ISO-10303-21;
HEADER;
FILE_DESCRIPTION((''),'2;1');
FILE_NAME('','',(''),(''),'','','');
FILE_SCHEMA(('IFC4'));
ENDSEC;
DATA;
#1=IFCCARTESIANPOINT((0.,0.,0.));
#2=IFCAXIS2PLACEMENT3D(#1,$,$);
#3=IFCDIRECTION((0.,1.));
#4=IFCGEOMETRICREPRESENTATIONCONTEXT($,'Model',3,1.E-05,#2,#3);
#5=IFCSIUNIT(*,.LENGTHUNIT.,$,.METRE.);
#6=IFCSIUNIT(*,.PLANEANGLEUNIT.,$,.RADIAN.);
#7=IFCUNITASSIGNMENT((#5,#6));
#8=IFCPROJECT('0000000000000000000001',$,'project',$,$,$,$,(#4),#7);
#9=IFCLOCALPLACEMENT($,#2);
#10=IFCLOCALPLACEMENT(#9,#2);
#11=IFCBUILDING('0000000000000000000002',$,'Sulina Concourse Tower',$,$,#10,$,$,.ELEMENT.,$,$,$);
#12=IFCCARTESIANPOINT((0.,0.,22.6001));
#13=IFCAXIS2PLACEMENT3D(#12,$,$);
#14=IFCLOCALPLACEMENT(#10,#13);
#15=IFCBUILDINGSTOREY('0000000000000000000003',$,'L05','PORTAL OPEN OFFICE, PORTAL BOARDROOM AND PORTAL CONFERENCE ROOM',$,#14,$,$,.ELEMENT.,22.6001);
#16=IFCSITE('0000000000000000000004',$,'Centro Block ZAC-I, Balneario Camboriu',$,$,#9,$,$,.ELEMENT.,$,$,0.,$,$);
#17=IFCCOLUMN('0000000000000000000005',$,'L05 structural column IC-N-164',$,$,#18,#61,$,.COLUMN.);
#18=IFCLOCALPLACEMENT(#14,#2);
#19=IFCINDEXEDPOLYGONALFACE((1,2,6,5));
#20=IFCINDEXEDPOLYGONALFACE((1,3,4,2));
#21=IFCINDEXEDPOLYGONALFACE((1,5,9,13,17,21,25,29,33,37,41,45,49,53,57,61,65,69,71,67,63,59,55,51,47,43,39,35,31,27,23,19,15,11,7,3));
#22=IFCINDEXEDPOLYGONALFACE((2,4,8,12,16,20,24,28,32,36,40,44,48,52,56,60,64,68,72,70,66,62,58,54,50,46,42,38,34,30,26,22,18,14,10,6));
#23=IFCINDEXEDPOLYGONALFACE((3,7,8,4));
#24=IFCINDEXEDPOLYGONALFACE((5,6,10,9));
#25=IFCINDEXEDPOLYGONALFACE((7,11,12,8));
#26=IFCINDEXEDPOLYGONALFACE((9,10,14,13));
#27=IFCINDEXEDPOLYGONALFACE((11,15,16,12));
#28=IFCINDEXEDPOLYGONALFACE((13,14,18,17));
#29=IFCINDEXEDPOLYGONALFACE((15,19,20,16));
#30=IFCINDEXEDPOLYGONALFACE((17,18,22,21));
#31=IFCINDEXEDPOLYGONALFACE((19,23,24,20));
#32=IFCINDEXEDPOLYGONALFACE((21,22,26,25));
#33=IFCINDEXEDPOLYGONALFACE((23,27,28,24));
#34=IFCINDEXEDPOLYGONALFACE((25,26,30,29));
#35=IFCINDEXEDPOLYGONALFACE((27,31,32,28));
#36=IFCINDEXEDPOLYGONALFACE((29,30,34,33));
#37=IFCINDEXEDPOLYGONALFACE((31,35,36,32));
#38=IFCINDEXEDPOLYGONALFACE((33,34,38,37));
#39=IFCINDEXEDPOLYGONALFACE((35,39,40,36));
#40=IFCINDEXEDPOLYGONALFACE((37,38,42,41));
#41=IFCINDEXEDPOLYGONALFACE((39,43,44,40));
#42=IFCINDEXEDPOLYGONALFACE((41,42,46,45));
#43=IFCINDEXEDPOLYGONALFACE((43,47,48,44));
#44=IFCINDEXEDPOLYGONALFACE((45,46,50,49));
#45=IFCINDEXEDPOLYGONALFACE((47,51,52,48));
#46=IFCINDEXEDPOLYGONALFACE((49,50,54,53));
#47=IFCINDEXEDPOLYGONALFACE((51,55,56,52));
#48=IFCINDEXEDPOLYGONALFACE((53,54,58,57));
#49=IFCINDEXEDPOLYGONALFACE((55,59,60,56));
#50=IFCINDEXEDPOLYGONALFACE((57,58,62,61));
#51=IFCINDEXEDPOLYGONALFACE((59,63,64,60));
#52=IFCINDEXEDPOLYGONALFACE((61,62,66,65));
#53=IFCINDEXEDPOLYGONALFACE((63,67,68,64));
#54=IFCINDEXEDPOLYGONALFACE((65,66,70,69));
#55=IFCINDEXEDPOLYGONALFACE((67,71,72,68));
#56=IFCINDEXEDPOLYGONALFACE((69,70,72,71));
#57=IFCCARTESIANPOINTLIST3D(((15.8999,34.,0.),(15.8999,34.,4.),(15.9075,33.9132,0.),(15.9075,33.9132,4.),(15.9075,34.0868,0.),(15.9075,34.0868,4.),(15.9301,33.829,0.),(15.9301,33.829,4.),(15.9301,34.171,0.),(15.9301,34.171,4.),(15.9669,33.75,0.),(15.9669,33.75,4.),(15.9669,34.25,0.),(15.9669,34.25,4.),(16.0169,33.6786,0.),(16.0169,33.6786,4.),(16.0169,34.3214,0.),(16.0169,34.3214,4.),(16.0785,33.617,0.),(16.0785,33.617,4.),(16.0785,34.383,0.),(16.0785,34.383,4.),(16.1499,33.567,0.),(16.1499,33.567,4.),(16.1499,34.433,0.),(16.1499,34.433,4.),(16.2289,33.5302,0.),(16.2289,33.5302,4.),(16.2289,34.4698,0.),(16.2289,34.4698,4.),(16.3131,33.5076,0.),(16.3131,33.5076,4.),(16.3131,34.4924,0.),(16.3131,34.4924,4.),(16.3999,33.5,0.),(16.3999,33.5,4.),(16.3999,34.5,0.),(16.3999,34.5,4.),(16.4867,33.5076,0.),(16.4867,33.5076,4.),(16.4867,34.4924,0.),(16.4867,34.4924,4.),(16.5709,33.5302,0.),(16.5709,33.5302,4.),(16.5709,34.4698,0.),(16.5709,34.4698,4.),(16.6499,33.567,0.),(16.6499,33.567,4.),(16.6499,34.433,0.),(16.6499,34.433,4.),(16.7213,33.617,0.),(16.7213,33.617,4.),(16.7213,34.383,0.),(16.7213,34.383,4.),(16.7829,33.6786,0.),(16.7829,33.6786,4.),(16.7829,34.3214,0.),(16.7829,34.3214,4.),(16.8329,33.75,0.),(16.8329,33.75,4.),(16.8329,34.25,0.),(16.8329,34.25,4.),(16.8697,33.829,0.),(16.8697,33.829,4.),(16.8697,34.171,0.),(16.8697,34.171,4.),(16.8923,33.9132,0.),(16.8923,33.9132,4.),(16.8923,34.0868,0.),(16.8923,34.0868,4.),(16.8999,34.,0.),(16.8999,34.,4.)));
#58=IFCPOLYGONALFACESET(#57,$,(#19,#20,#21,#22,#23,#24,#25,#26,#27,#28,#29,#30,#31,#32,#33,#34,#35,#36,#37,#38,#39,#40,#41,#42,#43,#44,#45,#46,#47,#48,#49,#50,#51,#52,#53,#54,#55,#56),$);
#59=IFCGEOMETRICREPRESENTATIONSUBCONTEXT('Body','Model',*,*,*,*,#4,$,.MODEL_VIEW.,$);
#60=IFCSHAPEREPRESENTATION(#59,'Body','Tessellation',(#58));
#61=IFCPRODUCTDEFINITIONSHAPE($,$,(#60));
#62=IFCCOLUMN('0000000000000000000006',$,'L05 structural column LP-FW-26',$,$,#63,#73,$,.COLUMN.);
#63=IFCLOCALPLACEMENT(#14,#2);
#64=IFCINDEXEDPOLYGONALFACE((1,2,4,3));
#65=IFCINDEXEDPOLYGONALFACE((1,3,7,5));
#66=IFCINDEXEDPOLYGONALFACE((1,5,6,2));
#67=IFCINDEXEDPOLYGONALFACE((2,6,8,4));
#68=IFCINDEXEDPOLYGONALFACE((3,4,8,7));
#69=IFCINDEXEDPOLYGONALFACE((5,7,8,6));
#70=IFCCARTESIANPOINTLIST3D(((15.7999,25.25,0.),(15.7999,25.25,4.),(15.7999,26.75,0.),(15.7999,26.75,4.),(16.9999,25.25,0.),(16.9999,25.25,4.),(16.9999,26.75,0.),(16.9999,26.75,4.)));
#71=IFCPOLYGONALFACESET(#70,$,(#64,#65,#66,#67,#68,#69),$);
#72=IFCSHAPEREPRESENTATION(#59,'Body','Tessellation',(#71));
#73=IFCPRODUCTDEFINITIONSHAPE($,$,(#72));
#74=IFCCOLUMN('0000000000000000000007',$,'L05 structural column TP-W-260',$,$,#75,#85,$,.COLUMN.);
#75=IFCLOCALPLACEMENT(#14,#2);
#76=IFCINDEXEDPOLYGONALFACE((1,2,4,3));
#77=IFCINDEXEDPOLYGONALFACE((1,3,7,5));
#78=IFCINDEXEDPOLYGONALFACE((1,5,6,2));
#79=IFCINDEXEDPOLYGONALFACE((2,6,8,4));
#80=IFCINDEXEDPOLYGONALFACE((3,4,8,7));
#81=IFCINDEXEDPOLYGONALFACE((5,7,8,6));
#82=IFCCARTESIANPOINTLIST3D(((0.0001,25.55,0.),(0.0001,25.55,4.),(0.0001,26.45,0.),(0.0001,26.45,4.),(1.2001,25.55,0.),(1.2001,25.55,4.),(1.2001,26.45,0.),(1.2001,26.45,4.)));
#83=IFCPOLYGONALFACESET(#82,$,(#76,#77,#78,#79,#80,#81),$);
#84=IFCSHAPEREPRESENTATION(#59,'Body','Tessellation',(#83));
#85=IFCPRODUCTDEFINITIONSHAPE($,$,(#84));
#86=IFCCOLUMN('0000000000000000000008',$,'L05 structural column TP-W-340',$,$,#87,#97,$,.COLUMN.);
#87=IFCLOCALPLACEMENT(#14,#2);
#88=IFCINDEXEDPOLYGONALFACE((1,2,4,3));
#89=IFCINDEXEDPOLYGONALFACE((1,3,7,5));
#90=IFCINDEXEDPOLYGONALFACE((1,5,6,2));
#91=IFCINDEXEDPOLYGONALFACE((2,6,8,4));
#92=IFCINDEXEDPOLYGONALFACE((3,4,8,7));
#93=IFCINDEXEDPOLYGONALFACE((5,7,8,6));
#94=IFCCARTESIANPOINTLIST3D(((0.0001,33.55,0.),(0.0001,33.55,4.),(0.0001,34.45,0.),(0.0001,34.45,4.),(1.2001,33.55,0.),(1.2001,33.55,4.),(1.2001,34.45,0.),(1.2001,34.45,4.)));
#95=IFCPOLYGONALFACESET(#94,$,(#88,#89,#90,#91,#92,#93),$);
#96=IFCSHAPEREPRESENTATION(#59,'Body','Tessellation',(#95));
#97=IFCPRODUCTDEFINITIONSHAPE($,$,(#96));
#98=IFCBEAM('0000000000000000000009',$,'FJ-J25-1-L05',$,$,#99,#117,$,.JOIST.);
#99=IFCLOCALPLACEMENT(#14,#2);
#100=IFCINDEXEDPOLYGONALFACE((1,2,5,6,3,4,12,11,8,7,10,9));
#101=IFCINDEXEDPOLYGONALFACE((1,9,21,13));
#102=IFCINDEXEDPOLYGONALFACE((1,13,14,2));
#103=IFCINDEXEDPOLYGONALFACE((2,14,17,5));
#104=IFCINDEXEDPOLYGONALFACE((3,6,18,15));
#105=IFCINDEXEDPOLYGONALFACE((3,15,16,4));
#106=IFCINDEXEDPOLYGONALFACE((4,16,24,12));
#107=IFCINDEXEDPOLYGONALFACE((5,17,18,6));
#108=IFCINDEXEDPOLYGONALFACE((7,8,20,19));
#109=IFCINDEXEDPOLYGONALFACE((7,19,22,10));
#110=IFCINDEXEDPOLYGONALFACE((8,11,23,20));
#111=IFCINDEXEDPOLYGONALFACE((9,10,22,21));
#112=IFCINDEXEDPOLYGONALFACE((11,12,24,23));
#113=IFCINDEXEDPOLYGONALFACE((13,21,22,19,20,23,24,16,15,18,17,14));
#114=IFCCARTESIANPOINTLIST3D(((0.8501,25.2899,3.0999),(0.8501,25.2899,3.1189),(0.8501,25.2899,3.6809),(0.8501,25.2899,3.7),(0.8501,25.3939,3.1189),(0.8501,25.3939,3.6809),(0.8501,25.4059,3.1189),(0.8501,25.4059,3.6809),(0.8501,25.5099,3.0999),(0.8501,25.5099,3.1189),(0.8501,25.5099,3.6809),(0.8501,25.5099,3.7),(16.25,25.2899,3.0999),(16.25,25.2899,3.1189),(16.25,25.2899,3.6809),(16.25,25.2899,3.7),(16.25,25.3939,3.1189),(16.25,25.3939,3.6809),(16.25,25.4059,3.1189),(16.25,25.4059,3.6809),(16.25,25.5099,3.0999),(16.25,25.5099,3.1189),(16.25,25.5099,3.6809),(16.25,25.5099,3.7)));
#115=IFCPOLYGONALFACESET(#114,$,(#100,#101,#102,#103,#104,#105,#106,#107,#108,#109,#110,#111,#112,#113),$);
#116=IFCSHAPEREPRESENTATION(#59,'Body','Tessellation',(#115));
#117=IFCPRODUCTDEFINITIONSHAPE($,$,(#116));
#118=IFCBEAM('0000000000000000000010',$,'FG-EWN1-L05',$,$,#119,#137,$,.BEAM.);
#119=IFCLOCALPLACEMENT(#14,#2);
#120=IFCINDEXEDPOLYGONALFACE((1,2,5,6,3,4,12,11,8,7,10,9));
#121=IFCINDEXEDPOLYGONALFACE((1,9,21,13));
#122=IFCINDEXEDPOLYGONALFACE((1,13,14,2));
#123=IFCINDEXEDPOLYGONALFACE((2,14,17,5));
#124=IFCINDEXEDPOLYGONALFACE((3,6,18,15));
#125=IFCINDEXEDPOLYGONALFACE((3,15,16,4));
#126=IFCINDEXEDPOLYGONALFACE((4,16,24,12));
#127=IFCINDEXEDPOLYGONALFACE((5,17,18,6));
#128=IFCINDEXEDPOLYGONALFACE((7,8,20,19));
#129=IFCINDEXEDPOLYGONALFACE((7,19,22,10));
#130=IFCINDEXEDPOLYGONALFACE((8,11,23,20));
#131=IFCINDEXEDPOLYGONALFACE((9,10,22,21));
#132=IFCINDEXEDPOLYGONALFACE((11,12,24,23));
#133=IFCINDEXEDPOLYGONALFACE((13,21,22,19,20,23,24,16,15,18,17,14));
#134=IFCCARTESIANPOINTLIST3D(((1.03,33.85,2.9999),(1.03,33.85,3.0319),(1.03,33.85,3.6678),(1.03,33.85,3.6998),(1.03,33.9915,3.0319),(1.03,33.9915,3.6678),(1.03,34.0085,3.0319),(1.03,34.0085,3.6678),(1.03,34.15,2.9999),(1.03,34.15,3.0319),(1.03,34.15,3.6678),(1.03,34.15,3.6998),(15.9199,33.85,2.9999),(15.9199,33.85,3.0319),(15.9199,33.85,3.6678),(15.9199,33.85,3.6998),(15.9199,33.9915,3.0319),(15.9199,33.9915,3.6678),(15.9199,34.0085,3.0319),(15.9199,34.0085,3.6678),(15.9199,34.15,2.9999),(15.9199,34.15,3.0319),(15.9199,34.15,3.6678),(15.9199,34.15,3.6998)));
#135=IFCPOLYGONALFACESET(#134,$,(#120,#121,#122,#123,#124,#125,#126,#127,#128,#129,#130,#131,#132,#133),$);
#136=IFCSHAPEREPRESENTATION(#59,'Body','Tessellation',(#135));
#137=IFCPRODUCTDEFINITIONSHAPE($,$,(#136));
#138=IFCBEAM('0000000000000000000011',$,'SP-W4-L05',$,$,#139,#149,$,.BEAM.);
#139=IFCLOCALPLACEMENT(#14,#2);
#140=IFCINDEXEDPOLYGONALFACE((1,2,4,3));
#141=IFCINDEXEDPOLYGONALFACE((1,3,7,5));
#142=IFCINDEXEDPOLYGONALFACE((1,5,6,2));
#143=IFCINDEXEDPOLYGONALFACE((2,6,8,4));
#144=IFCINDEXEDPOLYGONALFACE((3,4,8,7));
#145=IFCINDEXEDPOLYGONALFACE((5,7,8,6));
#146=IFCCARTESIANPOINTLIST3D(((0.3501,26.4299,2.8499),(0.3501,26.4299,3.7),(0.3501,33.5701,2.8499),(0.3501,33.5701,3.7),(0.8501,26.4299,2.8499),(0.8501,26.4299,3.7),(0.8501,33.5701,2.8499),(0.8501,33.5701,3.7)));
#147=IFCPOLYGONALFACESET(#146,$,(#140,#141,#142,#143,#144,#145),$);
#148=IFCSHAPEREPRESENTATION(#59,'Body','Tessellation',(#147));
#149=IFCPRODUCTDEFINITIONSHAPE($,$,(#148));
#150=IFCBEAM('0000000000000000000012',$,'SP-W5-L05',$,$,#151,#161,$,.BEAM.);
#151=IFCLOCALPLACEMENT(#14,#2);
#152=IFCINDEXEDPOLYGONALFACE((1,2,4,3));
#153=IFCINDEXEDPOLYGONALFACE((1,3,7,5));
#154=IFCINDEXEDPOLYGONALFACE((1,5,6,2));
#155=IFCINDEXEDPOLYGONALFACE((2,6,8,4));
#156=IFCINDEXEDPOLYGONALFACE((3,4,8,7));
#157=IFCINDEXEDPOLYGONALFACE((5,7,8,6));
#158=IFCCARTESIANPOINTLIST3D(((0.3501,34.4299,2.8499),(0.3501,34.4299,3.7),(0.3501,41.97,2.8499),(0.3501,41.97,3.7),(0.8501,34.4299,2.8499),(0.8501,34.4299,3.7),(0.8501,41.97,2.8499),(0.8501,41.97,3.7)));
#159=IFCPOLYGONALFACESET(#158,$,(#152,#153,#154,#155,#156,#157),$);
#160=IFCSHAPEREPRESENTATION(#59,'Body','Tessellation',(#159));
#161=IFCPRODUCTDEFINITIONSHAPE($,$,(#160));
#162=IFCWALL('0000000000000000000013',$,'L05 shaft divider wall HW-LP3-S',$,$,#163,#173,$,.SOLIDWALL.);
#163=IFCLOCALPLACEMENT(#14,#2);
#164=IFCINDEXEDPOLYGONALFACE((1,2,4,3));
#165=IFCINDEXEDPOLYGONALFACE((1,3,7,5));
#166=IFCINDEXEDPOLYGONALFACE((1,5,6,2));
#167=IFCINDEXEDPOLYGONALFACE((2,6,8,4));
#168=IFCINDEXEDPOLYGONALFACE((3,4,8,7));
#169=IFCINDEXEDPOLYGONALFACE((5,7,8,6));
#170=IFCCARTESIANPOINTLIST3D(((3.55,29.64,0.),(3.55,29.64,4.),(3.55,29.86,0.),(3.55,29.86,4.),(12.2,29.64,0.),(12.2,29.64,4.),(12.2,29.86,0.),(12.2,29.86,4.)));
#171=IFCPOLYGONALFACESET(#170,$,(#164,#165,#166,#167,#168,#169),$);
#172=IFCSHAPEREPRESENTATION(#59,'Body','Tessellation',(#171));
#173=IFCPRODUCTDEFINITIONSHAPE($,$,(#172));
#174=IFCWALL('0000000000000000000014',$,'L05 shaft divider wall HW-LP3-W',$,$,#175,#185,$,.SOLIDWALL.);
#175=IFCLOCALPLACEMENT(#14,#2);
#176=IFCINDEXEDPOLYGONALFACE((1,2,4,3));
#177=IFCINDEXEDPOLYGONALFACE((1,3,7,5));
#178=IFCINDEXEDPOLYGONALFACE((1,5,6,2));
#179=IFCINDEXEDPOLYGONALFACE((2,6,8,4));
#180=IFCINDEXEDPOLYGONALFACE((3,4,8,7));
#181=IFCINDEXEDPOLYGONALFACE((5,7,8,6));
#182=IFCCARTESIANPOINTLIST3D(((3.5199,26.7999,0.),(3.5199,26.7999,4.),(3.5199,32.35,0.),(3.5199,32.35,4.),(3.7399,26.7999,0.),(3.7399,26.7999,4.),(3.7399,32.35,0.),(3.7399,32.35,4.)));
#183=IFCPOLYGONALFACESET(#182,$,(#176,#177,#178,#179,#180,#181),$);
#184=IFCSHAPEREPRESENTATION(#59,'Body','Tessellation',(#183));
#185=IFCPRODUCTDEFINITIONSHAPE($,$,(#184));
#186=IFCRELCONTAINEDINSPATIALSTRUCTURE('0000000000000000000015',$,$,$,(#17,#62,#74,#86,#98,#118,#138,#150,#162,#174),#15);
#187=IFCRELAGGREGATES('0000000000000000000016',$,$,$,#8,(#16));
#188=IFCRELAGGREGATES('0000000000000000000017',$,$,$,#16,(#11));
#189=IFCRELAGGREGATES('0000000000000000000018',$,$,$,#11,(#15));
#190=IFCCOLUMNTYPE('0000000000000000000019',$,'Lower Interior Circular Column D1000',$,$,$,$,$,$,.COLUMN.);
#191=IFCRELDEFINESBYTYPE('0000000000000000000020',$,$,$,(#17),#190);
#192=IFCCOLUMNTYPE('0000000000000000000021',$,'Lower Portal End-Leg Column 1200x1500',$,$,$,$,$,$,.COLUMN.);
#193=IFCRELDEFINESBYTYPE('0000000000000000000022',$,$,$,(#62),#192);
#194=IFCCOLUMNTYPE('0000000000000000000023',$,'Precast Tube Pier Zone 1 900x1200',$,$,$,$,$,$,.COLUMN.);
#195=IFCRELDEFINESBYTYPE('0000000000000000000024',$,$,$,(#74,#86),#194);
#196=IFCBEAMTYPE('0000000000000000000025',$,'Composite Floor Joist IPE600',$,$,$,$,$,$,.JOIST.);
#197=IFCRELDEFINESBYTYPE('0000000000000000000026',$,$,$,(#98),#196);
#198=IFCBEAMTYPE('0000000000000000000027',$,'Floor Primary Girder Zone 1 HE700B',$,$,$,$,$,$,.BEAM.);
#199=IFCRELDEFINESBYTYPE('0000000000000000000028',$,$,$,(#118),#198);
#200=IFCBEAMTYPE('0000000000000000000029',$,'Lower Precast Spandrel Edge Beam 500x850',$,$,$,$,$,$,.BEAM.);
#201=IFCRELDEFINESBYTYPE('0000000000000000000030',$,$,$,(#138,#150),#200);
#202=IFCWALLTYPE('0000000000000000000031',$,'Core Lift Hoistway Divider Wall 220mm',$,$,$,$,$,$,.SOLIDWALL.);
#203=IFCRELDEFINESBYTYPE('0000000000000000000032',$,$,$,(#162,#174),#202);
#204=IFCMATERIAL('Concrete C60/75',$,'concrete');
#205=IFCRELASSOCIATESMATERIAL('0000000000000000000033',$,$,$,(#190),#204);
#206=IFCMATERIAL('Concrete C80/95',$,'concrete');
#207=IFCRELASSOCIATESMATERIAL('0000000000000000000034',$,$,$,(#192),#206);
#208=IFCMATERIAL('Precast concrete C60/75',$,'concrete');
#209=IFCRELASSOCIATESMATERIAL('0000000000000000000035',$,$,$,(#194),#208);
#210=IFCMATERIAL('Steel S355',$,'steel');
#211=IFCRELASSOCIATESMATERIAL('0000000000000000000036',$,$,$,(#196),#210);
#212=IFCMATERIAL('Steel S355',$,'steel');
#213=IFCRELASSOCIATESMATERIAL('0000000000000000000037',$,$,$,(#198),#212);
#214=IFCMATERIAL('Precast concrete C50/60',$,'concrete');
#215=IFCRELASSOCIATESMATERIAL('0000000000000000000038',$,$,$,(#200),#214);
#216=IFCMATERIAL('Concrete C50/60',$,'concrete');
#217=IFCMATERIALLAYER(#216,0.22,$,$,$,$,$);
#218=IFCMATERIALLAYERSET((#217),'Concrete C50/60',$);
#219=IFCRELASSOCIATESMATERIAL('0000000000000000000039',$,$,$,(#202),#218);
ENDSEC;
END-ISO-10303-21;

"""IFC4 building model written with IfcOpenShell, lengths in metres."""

from ifc_helpers import new_model, si_unit, direction, frame, frame_2d, origin, origin_2d, place, context, subcontext, project, spatial, rectangle, circle, i_section, extrude, material, layer, layer_set, material_profile, profile_set, type_object, element, save


model = new_model("IFC4")

# Units and contexts
model_context = context("Model", 3, precision=1e-05, world=origin(), true_north=direction((0.0, 1.0)))
body_context = subcontext(model_context, "Body", "Model", "MODEL_VIEW")
ifc_project = project(units=[si_unit("LENGTHUNIT", "METRE"), si_unit("PLANEANGLEUNIT", "RADIAN")], contexts=[model_context])

# Site, building, storey
site_placement = place(None, origin())
site = spatial("IfcSite", under=ifc_project, at=site_placement, Name="Centro Block ZAC-I, Balneario Camboriu", CompositionType="ELEMENT", RefElevation=0.0)
building_placement = place(site_placement, origin())
building = spatial("IfcBuilding", under=site, at=building_placement, Name="Sulina Concourse Tower", CompositionType="ELEMENT")
storey_placement = place(building_placement, frame((0.0, 0.0, 22.6001)))
storey = spatial("IfcBuildingStorey", under=building, at=storey_placement, Name="L05", Description="PORTAL OPEN OFFICE, PORTAL BOARDROOM AND PORTAL CONFERENCE ROOM", CompositionType="ELEMENT", Elevation=22.6001)

# Columns
ifc_material_1 = material(Name="Concrete C60/75", Category="concrete")
ifc_material_profile_1 = material_profile(ifc_material_1, circle(Radius=0.5, at=origin_2d()), Name="RC D1000")
ifc_profile_set_1 = profile_set([ifc_material_profile_1], Name="Concrete C60/75")
column_type_1 = type_object("IfcColumnType", Name="Lower Interior Circular Column D1000", PredefinedType="COLUMN", material=ifc_profile_set_1)
column_1_placement = place(storey_placement, frame((16.3999, 34.0, 0.0), z_axis=(0.0, 0.0, 1.0), x_axis=(1.0, 0.0, 0.0)))
element("IfcColumn", 1, at=column_1_placement, inside=storey, type_object=column_type_1, Name="L05 structural column IC-N-164", PredefinedType="COLUMN", context=body_context, shape_type="SweptSolid", body=[
    extrude(circle(Radius=0.5, at=origin_2d()), origin(), (0.0, 0.0, 1.0), 4.0),
])
ifc_material_2 = material(Name="Concrete C80/95", Category="concrete")
ifc_material_profile_2 = material_profile(ifc_material_2, rectangle(XDim=1.2, YDim=1.5, at=origin_2d()), Name="RC 1200x1500")
ifc_profile_set_2 = profile_set([ifc_material_profile_2], Name="Concrete C80/95")
column_type_2 = type_object("IfcColumnType", Name="Lower Portal End-Leg Column 1200x1500", PredefinedType="COLUMN", material=ifc_profile_set_2)
column_2_placement = place(storey_placement, frame((16.3999, 26.0, 0.0), z_axis=(0.0, 0.0, 1.0), x_axis=(1.0, 0.0, 0.0)))
element("IfcColumn", 2, at=column_2_placement, inside=storey, type_object=column_type_2, Name="L05 structural column LP-FW-26", PredefinedType="COLUMN", context=body_context, shape_type="SweptSolid", body=[
    extrude(rectangle(XDim=1.2, YDim=1.5, at=origin_2d()), origin(), (0.0, 0.0, 1.0), 4.0),
])
ifc_material_3 = material(Name="Precast concrete C60/75", Category="concrete")
ifc_material_profile_3 = material_profile(ifc_material_3, rectangle(XDim=0.8999, YDim=1.2, at=origin_2d()), Name="PC 900x1200")
ifc_profile_set_3 = profile_set([ifc_material_profile_3], Name="Precast concrete C60/75")
column_type_3 = type_object("IfcColumnType", Name="Precast Tube Pier Zone 1 900x1200", PredefinedType="COLUMN", material=ifc_profile_set_3)
for number, where, z_axis, x_axis, name in (
    (3, (0.6001, 26.0, 0.0), (0.0, 0.0, 1.0), (0.0, 1.0, 0.0), "L05 structural column TP-W-260"),
    (4, (0.6001, 34.0, 0.0), (0.0, 0.0, 1.0), (0.0, 1.0, 0.0), "L05 structural column TP-W-340"),
):
    element("IfcColumn", number, at=place(storey_placement, frame(where, z_axis=z_axis, x_axis=x_axis)), inside=storey, type_object=column_type_3, Name=name, PredefinedType="COLUMN", context=body_context, shape_type="SweptSolid", body=[
        extrude(rectangle(XDim=0.8999, YDim=1.2, at=origin_2d()), origin(), (0.0, 0.0, 1.0), 4.0),
    ])

# Beams
ifc_material_4 = material(Name="Steel S355", Category="steel")
ifc_material_profile_4 = material_profile(ifc_material_4, i_section(OverallWidth=0.22, OverallDepth=0.6001, WebThickness=0.012, FlangeThickness=0.019, at=origin_2d()), Name="IPE 600")
ifc_profile_set_4 = profile_set([ifc_material_profile_4], Name="Steel S355")
beam_type_1 = type_object("IfcBeamType", Name="Composite Floor Joist IPE600", PredefinedType="JOIST", material=ifc_profile_set_4)
beam_1_placement = place(storey_placement, frame((0.8501, 25.3999, 3.3999), z_axis=(1.0, 0.0, 0.0), x_axis=(0.0, 1.0, 0.0)))
element("IfcBeam", 5, at=beam_1_placement, inside=storey, type_object=beam_type_1, Name="FJ-J25-1-L05", PredefinedType="JOIST", context=body_context, shape_type="SweptSolid", body=[
    extrude(i_section(OverallWidth=0.22, OverallDepth=0.6001, WebThickness=0.012, FlangeThickness=0.019, at=origin_2d()), origin(), (0.0, 0.0, 1.0), 15.3999),
])
ifc_material_5 = material(Name="Steel S355", Category="steel")
ifc_material_profile_5 = material_profile(ifc_material_5, i_section(OverallWidth=0.3, OverallDepth=0.7, WebThickness=0.0171, FlangeThickness=0.032, at=origin_2d()), Name="HE 700 B")
ifc_profile_set_5 = profile_set([ifc_material_profile_5], Name="Steel S355")
beam_type_2 = type_object("IfcBeamType", Name="Floor Primary Girder Zone 1 HE700B", PredefinedType="BEAM", material=ifc_profile_set_5)
beam_2_placement = place(storey_placement, frame((1.03, 34.0, 3.3499), z_axis=(1.0, 0.0, 0.0), x_axis=(0.0, 1.0, 0.0)))
element("IfcBeam", 6, at=beam_2_placement, inside=storey, type_object=beam_type_2, Name="FG-EWN1-L05", PredefinedType="BEAM", context=body_context, shape_type="SweptSolid", body=[
    extrude(i_section(OverallWidth=0.3, OverallDepth=0.7, WebThickness=0.0171, FlangeThickness=0.032, at=origin_2d()), origin(), (0.0, 0.0, 1.0), 14.8899),
])
ifc_material_6 = material(Name="Precast concrete C50/60", Category="concrete")
ifc_material_profile_6 = material_profile(ifc_material_6, rectangle(XDim=0.5, YDim=0.8501, at=origin_2d()), Name="RC 500x850")
ifc_profile_set_6 = profile_set([ifc_material_profile_6], Name="Precast concrete C50/60")
beam_type_3 = type_object("IfcBeamType", Name="Lower Precast Spandrel Edge Beam 500x850", PredefinedType="BEAM", material=ifc_profile_set_6)
beam_3_placement = place(storey_placement, frame((0.6001, 26.4299, 3.2749), z_axis=(0.0, 1.0, 0.0), x_axis=(-1.0, 0.0, 0.0)))
element("IfcBeam", 7, at=beam_3_placement, inside=storey, type_object=beam_type_3, Name="SP-W4-L05", PredefinedType="BEAM", context=body_context, shape_type="SweptSolid", body=[
    extrude(rectangle(XDim=0.5, YDim=0.8501, at=origin_2d()), origin(), (0.0, 0.0, 1.0), 7.1401),
])
beam_4_placement = place(storey_placement, frame((0.6001, 34.4299, 3.2749), z_axis=(0.0, 1.0, 0.0), x_axis=(-1.0, 0.0, 0.0)))
element("IfcBeam", 8, at=beam_4_placement, inside=storey, type_object=beam_type_3, Name="SP-W5-L05", PredefinedType="BEAM", context=body_context, shape_type="SweptSolid", body=[
    extrude(rectangle(XDim=0.5, YDim=0.8501, at=origin_2d()), origin(), (0.0, 0.0, 1.0), 7.54),
])

# Walls
ifc_material_7 = material(Name="Concrete C50/60", Category="concrete")
ifc_layer_1 = layer(ifc_material_7, 0.22)
ifc_layer_set_1 = layer_set([ifc_layer_1], Name="Concrete C50/60")
wall_type_1 = type_object("IfcWallType", Name="Core Lift Hoistway Divider Wall 220mm", PredefinedType="SOLIDWALL", material=ifc_layer_set_1)
wall_1_placement = place(storey_placement, frame((3.55, 29.75, 0.0), z_axis=(0.0, 0.0, 1.0), x_axis=(1.0, 0.0, 0.0)))
element("IfcWall", 9, at=wall_1_placement, inside=storey, type_object=wall_type_1, Name="L05 shaft divider wall HW-LP3-S", PredefinedType="SOLIDWALL", context=body_context, shape_type="SweptSolid", body=[
    extrude(rectangle(XDim=8.6499, YDim=0.22, at=frame_2d((4.325, 0.0))), origin(), (0.0, 0.0, 1.0), 4.0),
])
wall_2_placement = place(storey_placement, frame((3.6299, 26.8, 0.0), z_axis=(0.0, 0.0, 1.0), x_axis=(0.0, 1.0, 0.0)))
element("IfcWall", 10, at=wall_2_placement, inside=storey, type_object=wall_type_1, Name="L05 shaft divider wall HW-LP3-W", PredefinedType="SOLIDWALL", context=body_context, shape_type="SweptSolid", body=[
    extrude(rectangle(XDim=5.55, YDim=0.22, at=frame_2d((2.7749, 0.0))), origin(), (0.0, 0.0, 1.0), 4.0),
])

save(model, "model.ifc")
